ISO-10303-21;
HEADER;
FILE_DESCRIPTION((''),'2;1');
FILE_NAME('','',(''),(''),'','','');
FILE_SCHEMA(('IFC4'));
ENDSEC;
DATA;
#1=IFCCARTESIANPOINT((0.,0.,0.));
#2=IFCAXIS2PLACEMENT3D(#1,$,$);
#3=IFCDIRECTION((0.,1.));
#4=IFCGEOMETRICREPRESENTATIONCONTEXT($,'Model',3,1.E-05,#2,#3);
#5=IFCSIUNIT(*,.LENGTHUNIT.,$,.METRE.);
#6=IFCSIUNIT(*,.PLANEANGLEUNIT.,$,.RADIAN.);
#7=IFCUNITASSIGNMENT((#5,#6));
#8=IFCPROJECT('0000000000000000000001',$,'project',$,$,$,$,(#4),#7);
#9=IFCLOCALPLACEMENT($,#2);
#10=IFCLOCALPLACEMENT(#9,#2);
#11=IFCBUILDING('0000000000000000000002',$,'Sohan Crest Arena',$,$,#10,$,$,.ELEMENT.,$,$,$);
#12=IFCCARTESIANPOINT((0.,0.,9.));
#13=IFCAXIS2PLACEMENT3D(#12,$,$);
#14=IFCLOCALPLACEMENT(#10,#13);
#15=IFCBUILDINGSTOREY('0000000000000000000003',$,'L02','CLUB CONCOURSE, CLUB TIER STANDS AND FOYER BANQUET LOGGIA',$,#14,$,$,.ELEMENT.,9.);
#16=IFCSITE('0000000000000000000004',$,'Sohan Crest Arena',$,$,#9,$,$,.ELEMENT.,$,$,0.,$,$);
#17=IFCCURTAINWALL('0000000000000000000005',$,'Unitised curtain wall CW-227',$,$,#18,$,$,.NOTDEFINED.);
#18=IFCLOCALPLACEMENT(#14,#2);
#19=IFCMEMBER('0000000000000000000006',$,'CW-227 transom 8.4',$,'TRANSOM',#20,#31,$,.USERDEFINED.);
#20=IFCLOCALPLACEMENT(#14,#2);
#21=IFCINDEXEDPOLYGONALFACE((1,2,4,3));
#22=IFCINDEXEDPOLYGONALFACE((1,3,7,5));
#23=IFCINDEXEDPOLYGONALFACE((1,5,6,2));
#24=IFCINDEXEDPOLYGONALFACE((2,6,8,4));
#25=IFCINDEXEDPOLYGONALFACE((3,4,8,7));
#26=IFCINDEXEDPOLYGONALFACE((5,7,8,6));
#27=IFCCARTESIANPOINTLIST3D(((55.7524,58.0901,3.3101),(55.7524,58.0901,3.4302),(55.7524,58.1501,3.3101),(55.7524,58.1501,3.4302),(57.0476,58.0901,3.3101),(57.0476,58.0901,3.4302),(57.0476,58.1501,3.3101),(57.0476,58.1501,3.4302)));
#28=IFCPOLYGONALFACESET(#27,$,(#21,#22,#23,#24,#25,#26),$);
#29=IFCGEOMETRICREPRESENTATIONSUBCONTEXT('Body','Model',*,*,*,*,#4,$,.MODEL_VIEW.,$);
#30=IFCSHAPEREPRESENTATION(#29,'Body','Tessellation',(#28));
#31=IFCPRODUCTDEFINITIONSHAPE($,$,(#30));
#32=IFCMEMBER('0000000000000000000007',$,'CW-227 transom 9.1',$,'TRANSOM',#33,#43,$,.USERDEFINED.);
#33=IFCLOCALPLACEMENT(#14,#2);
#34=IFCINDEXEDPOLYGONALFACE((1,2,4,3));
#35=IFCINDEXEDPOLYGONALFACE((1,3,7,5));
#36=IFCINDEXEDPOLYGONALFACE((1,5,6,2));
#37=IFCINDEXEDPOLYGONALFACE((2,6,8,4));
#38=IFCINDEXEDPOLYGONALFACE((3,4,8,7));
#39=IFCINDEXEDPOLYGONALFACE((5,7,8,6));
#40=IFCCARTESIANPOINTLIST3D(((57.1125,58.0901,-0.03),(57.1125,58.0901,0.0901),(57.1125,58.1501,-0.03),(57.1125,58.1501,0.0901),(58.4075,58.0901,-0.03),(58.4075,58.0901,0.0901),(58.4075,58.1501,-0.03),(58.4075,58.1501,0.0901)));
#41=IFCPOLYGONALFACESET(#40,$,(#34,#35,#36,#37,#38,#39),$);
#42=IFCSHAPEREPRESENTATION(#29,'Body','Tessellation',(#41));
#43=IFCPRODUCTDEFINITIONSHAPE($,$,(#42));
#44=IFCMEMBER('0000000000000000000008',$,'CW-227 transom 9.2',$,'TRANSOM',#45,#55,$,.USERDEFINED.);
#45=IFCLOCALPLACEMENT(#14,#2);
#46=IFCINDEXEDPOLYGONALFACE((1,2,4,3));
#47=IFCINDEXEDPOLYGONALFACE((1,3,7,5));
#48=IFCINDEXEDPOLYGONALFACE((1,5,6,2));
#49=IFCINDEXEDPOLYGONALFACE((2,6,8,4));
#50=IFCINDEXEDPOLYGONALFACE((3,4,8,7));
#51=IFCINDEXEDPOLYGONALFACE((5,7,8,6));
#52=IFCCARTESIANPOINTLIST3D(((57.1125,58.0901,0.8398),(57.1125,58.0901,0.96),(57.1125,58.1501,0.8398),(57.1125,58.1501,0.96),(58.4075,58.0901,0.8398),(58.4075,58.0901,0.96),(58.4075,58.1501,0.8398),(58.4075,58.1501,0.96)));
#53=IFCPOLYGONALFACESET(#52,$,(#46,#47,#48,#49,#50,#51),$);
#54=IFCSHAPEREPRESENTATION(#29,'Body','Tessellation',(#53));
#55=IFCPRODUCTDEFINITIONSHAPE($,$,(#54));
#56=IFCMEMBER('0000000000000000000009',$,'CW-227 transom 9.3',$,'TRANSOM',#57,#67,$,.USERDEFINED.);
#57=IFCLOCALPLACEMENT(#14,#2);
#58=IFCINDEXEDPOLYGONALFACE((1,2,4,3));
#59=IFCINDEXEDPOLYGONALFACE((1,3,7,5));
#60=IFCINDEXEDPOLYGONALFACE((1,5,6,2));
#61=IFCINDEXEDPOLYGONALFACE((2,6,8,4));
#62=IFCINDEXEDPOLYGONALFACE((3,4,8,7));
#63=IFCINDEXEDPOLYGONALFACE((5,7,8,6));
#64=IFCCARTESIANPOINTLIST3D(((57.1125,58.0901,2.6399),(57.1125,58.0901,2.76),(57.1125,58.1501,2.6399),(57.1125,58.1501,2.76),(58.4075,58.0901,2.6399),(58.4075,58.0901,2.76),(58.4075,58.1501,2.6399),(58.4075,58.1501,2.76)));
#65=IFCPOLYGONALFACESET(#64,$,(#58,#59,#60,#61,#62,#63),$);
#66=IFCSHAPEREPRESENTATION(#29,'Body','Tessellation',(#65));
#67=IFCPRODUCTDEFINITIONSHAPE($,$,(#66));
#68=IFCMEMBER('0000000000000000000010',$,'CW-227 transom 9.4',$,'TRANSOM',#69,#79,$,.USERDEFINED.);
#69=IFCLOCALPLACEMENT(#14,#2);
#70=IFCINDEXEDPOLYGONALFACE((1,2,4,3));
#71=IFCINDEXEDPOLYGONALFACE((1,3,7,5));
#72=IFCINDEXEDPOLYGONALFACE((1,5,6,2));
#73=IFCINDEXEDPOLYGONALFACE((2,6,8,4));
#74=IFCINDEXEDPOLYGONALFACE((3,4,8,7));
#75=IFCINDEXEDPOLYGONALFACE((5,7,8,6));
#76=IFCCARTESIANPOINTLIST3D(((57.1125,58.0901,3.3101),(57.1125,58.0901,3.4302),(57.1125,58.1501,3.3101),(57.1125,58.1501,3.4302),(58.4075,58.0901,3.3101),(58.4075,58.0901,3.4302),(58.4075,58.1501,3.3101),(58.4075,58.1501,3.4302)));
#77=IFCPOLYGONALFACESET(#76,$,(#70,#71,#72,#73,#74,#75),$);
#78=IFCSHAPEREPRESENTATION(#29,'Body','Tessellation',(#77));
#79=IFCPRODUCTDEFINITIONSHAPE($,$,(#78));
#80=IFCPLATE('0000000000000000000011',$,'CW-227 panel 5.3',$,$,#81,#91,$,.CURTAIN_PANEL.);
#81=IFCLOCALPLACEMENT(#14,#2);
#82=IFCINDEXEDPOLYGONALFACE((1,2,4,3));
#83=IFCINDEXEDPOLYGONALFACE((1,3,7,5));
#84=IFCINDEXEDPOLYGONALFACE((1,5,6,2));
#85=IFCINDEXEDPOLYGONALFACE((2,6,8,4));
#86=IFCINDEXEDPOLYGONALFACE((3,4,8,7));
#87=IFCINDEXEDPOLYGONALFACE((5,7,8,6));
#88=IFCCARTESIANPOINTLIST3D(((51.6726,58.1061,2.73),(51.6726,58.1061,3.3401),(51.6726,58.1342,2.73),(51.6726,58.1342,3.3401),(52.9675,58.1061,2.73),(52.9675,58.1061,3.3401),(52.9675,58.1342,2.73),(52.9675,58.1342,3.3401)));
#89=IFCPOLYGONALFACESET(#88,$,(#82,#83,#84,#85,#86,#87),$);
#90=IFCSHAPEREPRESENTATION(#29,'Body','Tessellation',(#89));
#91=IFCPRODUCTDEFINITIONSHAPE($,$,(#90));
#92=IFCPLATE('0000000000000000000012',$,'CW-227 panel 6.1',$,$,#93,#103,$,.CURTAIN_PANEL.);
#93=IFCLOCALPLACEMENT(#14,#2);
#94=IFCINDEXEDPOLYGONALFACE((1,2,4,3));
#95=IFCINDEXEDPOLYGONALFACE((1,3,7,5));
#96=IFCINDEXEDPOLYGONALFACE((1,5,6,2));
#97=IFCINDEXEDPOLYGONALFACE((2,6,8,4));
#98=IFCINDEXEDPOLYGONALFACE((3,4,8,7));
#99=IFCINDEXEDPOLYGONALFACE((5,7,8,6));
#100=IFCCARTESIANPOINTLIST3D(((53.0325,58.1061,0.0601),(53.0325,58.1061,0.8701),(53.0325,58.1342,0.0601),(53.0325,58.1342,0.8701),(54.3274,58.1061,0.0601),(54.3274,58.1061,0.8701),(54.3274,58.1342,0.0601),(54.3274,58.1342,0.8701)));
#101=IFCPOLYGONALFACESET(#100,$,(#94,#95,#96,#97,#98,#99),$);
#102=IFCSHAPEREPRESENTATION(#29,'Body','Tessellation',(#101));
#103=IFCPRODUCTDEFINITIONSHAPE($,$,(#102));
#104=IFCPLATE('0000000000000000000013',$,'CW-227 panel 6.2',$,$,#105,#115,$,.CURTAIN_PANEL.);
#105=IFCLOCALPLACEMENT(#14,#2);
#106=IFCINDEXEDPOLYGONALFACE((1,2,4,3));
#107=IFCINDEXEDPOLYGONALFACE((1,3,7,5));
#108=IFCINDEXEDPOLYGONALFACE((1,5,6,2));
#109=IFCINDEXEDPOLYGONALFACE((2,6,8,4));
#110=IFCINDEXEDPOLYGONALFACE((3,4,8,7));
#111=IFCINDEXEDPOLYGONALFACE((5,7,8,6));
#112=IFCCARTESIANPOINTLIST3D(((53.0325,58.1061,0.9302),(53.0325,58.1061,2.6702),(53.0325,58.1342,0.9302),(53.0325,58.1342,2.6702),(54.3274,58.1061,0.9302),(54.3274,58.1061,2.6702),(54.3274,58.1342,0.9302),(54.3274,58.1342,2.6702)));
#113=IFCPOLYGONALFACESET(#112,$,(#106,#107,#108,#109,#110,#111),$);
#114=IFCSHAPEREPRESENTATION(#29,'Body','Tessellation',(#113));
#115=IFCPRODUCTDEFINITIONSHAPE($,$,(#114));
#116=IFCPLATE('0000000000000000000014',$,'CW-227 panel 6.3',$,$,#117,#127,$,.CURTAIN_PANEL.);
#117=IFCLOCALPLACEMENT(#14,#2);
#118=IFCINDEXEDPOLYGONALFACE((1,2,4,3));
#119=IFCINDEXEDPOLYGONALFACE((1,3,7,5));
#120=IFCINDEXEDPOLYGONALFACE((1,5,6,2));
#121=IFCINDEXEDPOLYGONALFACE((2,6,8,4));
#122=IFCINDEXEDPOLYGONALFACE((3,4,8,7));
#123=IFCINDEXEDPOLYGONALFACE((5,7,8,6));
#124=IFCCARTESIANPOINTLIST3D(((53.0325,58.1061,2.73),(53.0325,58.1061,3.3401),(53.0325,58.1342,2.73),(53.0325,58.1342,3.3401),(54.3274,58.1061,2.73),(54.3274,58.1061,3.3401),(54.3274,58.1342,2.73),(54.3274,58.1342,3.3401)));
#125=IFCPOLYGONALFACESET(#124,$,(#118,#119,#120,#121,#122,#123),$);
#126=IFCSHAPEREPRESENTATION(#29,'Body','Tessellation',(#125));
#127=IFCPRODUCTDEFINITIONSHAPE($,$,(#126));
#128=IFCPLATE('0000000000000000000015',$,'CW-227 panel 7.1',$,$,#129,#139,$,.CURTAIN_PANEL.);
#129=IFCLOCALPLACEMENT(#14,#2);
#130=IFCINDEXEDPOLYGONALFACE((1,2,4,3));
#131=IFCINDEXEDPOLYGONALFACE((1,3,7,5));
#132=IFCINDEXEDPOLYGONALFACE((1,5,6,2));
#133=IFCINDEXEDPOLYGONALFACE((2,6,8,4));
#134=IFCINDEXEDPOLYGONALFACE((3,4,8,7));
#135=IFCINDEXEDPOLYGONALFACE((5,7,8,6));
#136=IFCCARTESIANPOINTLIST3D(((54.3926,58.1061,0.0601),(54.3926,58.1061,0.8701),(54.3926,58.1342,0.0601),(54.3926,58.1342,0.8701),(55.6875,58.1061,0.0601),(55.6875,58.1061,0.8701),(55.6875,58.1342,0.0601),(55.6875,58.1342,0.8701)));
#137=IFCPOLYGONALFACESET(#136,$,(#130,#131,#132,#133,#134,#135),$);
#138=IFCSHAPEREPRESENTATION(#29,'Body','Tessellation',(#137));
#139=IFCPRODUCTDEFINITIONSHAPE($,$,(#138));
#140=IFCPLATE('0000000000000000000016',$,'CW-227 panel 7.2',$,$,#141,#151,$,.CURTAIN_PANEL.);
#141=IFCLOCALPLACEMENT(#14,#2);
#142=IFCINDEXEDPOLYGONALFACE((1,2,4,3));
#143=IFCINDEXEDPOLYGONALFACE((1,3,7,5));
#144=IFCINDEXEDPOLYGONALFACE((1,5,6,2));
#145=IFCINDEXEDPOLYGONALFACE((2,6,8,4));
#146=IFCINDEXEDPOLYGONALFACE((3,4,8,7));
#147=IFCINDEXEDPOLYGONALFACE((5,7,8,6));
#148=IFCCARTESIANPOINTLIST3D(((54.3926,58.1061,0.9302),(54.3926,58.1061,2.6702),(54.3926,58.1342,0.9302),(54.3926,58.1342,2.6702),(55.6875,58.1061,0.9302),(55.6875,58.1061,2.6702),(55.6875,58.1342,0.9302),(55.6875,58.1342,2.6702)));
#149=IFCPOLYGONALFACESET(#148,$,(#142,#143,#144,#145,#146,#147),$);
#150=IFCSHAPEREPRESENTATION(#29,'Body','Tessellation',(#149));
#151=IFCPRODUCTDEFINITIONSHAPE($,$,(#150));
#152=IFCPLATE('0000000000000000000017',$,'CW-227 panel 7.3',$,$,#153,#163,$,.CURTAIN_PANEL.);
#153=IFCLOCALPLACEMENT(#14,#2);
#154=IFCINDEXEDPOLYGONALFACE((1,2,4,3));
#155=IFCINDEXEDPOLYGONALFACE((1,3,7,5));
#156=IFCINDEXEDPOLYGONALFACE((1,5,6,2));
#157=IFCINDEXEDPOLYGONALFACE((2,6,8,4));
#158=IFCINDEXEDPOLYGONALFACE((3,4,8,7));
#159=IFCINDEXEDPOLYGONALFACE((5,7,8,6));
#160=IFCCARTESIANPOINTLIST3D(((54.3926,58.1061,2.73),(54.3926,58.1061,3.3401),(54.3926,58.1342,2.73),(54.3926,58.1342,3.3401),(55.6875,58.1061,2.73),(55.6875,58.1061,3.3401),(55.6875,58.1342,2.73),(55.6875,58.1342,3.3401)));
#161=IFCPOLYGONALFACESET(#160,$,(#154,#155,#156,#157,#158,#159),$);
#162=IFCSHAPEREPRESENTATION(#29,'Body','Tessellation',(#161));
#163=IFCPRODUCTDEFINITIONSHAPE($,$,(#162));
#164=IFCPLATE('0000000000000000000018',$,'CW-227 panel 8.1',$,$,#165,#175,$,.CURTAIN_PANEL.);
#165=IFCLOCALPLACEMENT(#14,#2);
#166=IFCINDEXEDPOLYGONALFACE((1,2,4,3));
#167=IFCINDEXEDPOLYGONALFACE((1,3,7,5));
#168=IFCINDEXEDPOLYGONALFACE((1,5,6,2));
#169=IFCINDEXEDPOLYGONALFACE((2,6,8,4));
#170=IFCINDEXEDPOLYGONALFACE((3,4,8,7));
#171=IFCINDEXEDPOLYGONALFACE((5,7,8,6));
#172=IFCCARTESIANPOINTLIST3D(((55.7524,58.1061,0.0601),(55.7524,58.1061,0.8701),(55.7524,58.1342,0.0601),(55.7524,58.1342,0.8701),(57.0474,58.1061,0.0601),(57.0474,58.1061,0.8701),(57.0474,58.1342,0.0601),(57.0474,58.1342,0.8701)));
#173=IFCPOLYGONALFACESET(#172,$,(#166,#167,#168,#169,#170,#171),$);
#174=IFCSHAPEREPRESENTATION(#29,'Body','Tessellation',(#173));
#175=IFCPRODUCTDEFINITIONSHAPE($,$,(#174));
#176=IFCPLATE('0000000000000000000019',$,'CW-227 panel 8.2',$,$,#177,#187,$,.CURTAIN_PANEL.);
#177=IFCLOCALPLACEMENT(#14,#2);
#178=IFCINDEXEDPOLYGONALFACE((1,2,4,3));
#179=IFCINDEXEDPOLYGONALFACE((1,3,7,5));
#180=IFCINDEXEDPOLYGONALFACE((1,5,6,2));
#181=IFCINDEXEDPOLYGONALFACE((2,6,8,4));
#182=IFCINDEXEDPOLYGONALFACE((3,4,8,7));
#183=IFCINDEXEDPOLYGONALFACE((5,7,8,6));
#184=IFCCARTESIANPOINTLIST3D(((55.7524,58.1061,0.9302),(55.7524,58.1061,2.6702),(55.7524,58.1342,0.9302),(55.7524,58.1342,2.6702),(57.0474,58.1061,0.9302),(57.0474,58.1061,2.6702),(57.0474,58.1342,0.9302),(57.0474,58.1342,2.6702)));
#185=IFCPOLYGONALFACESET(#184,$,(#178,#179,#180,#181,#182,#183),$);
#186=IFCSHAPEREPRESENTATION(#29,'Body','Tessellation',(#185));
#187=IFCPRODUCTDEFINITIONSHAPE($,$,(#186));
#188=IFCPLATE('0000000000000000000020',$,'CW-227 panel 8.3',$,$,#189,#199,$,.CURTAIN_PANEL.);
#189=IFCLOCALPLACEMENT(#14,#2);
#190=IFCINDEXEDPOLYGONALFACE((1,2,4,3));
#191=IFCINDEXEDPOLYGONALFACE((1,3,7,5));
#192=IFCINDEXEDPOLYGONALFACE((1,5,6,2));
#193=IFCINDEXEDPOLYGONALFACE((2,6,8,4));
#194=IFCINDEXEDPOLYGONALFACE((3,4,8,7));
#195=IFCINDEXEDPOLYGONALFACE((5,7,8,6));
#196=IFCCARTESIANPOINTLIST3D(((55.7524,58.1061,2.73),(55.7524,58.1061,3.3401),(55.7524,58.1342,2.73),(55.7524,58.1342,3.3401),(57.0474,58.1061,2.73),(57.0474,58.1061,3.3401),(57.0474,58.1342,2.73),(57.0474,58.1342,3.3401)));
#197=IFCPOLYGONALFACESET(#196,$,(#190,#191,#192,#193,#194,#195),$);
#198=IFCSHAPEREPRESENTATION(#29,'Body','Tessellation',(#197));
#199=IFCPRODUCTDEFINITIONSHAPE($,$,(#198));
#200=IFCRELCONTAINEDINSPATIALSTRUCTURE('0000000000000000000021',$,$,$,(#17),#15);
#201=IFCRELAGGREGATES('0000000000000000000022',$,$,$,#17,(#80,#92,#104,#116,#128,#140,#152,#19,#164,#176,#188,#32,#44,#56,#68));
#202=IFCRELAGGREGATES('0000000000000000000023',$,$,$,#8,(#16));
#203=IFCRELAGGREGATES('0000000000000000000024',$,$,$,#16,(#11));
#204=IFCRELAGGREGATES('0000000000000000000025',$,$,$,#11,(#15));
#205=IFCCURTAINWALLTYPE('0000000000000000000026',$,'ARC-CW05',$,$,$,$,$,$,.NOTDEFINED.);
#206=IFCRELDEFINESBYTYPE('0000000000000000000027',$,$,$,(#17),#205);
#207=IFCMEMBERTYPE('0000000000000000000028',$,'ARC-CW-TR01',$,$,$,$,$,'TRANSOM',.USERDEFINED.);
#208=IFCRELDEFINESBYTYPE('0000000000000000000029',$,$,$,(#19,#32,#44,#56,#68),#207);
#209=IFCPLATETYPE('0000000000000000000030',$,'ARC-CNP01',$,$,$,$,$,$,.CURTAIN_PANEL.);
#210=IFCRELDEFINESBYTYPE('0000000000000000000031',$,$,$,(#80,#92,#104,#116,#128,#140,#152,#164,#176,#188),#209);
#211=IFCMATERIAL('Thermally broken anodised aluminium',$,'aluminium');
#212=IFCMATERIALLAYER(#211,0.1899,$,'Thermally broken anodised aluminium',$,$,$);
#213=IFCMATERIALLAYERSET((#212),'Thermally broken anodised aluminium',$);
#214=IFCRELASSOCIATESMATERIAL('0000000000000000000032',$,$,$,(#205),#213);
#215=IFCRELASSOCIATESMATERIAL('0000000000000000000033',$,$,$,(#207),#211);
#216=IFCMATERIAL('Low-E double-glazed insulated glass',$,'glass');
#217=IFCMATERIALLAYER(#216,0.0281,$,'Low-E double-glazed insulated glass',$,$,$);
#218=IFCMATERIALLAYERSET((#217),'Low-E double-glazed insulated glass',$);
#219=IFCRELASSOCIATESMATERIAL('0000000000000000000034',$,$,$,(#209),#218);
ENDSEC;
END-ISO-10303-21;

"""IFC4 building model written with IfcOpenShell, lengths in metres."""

from ifc_helpers import new_model, si_unit, direction, frame, origin, origin_2d, place, context, subcontext, project, spatial, rectangle, extrude, material, layer, layer_set, material_profile, profile_set, type_object, element, aggregate, save


model = new_model("IFC4")

# Units and contexts
model_context = context("Model", 3, precision=1e-05, world=origin(), true_north=direction((0.0, 1.0)))
body_context = subcontext(model_context, "Body", "Model", "MODEL_VIEW")
ifc_project = project(units=[si_unit("LENGTHUNIT", "METRE"), si_unit("PLANEANGLEUNIT", "RADIAN")], contexts=[model_context])

# Site, building, storey
site_placement = place(None, origin())
site = spatial("IfcSite", under=ifc_project, at=site_placement, Name="Sohan Crest Arena", CompositionType="ELEMENT", RefElevation=0.0)
building_placement = place(site_placement, origin())
building = spatial("IfcBuilding", under=site, at=building_placement, Name="Sohan Crest Arena", CompositionType="ELEMENT")
storey_placement = place(building_placement, frame((0.0, 0.0, 9.0)))
storey = spatial("IfcBuildingStorey", under=building, at=storey_placement, Name="L02", Description="CLUB CONCOURSE, CLUB TIER STANDS AND FOYER BANQUET LOGGIA", CompositionType="ELEMENT", Elevation=9.0)

# Curtain wall, members, plates
ifc_material_1 = material(Name="Thermally broken anodised aluminium", Category="aluminium")
ifc_layer_1 = layer(ifc_material_1, 0.1899, Name="Thermally broken anodised aluminium")
ifc_layer_set_1 = layer_set([ifc_layer_1], Name="Thermally broken anodised aluminium")
curtain_wall_type = type_object("IfcCurtainWallType", Name="ARC-CW05", PredefinedType="NOTDEFINED", material=ifc_layer_set_1)
curtain_wall_1_placement = place(storey_placement, origin())
curtain_wall_1 = element("IfcCurtainWall", 1, at=curtain_wall_1_placement, inside=storey, type_object=curtain_wall_type, Name="Unitised curtain wall CW-227", PredefinedType="NOTDEFINED")
ifc_material_profile_1 = material_profile(ifc_material_1, rectangle(XDim=0.0601, YDim=0.1201, at=origin_2d()), Name="ALU-TRAN 60x120")
ifc_profile_set_1 = profile_set([ifc_material_profile_1], Name="Thermally broken anodised aluminium")
member_type_1 = type_object("IfcMemberType", Name="ARC-CW-TR01", ElementType="TRANSOM", PredefinedType="USERDEFINED", material=ifc_profile_set_1)
member_1_placement = place(storey_placement, frame((55.7524, 58.1201, 3.3701), z_axis=(1.0, 0.0, 0.0), x_axis=(0.0, 1.0, 0.0)))
member_1 = element("IfcMember", 2, at=member_1_placement, type_object=member_type_1, Name="CW-227 transom 8.4", ObjectType="TRANSOM", PredefinedType="USERDEFINED", context=body_context, shape_type="SweptSolid", body=[
    extrude(rectangle(XDim=0.0601, YDim=0.1201, at=origin_2d()), origin(), (0.0, 0.0, 1.0), 1.2952),
])
member_2_placement = place(storey_placement, frame((57.1125, 58.1201, 0.03), z_axis=(1.0, 0.0, 0.0), x_axis=(0.0, 1.0, 0.0)))
member_2 = element("IfcMember", 3, at=member_2_placement, type_object=member_type_1, Name="CW-227 transom 9.1", ObjectType="TRANSOM", PredefinedType="USERDEFINED", context=body_context, shape_type="SweptSolid", body=[
    extrude(rectangle(XDim=0.0601, YDim=0.1201, at=origin_2d()), origin(), (0.0, 0.0, 1.0), 1.2949),
])
member_3_placement = place(storey_placement, frame((57.1125, 58.1201, 0.8999), z_axis=(1.0, 0.0, 0.0), x_axis=(0.0, 1.0, 0.0)))
member_3 = element("IfcMember", 4, at=member_3_placement, type_object=member_type_1, Name="CW-227 transom 9.2", ObjectType="TRANSOM", PredefinedType="USERDEFINED", context=body_context, shape_type="SweptSolid", body=[
    extrude(rectangle(XDim=0.0601, YDim=0.1201, at=origin_2d()), origin(), (0.0, 0.0, 1.0), 1.2949),
])
member_4_placement = place(storey_placement, frame((57.1125, 58.1201, 2.7), z_axis=(1.0, 0.0, 0.0), x_axis=(0.0, 1.0, 0.0)))
member_4 = element("IfcMember", 5, at=member_4_placement, type_object=member_type_1, Name="CW-227 transom 9.3", ObjectType="TRANSOM", PredefinedType="USERDEFINED", context=body_context, shape_type="SweptSolid", body=[
    extrude(rectangle(XDim=0.0601, YDim=0.1201, at=origin_2d()), origin(), (0.0, 0.0, 1.0), 1.2949),
])
member_5_placement = place(storey_placement, frame((57.1125, 58.1201, 3.3701), z_axis=(1.0, 0.0, 0.0), x_axis=(0.0, 1.0, 0.0)))
member_5 = element("IfcMember", 6, at=member_5_placement, type_object=member_type_1, Name="CW-227 transom 9.4", ObjectType="TRANSOM", PredefinedType="USERDEFINED", context=body_context, shape_type="SweptSolid", body=[
    extrude(rectangle(XDim=0.0601, YDim=0.1201, at=origin_2d()), origin(), (0.0, 0.0, 1.0), 1.2949),
])
ifc_material_2 = material(Name="Low-E double-glazed insulated glass", Category="glass")
ifc_layer_2 = layer(ifc_material_2, 0.0281, Name="Low-E double-glazed insulated glass")
ifc_layer_set_2 = layer_set([ifc_layer_2], Name="Low-E double-glazed insulated glass")
plate_type = type_object("IfcPlateType", Name="ARC-CNP01", PredefinedType="CURTAIN_PANEL", material=ifc_layer_set_2)
plate_1_placement = place(storey_placement, frame((52.3201, 58.1201, 2.73), z_axis=(0.0, 0.0, 1.0), x_axis=(1.0, 0.0, 0.0)))
plate_1 = element("IfcPlate", 7, at=plate_1_placement, type_object=plate_type, Name="CW-227 panel 5.3", PredefinedType="CURTAIN_PANEL", context=body_context, shape_type="SweptSolid", body=[
    extrude(rectangle(XDim=1.2949, YDim=0.0281, at=origin_2d()), origin(), (0.0, 0.0, 1.0), 0.6101),
])
plate_2_placement = place(storey_placement, frame((53.6799, 58.1201, 0.0601), z_axis=(0.0, 0.0, 1.0), x_axis=(1.0, 0.0, 0.0)))
plate_2 = element("IfcPlate", 8, at=plate_2_placement, type_object=plate_type, Name="CW-227 panel 6.1", PredefinedType="CURTAIN_PANEL", context=body_context, shape_type="SweptSolid", body=[
    extrude(rectangle(XDim=1.2949, YDim=0.0281, at=origin_2d()), origin(), (0.0, 0.0, 1.0), 0.8101),
])
plate_3_placement = place(storey_placement, frame((53.6799, 58.1201, 0.9302), z_axis=(0.0, 0.0, 1.0), x_axis=(1.0, 0.0, 0.0)))
plate_3 = element("IfcPlate", 9, at=plate_3_placement, type_object=plate_type, Name="CW-227 panel 6.2", PredefinedType="CURTAIN_PANEL", context=body_context, shape_type="SweptSolid", body=[
    extrude(rectangle(XDim=1.2949, YDim=0.0281, at=origin_2d()), origin(), (0.0, 0.0, 1.0), 1.74),
])
plate_4_placement = place(storey_placement, frame((53.6799, 58.1201, 2.73), z_axis=(0.0, 0.0, 1.0), x_axis=(1.0, 0.0, 0.0)))
plate_4 = element("IfcPlate", 10, at=plate_4_placement, type_object=plate_type, Name="CW-227 panel 6.3", PredefinedType="CURTAIN_PANEL", context=body_context, shape_type="SweptSolid", body=[
    extrude(rectangle(XDim=1.2949, YDim=0.0281, at=origin_2d()), origin(), (0.0, 0.0, 1.0), 0.6101),
])
plate_5_placement = place(storey_placement, frame((55.04, 58.1201, 0.0601), z_axis=(0.0, 0.0, 1.0), x_axis=(1.0, 0.0, 0.0)))
plate_5 = element("IfcPlate", 11, at=plate_5_placement, type_object=plate_type, Name="CW-227 panel 7.1", PredefinedType="CURTAIN_PANEL", context=body_context, shape_type="SweptSolid", body=[
    extrude(rectangle(XDim=1.2949, YDim=0.0281, at=origin_2d()), origin(), (0.0, 0.0, 1.0), 0.8101),
])
plate_6_placement = place(storey_placement, frame((55.04, 58.1201, 0.9302), z_axis=(0.0, 0.0, 1.0), x_axis=(1.0, 0.0, 0.0)))
plate_6 = element("IfcPlate", 12, at=plate_6_placement, type_object=plate_type, Name="CW-227 panel 7.2", PredefinedType="CURTAIN_PANEL", context=body_context, shape_type="SweptSolid", body=[
    extrude(rectangle(XDim=1.2949, YDim=0.0281, at=origin_2d()), origin(), (0.0, 0.0, 1.0), 1.74),
])
plate_7_placement = place(storey_placement, frame((55.04, 58.1201, 2.73), z_axis=(0.0, 0.0, 1.0), x_axis=(1.0, 0.0, 0.0)))
plate_7 = element("IfcPlate", 13, at=plate_7_placement, type_object=plate_type, Name="CW-227 panel 7.3", PredefinedType="CURTAIN_PANEL", context=body_context, shape_type="SweptSolid", body=[
    extrude(rectangle(XDim=1.2949, YDim=0.0281, at=origin_2d()), origin(), (0.0, 0.0, 1.0), 0.6101),
])
plate_8_placement = place(storey_placement, frame((56.3999, 58.1201, 0.0601), z_axis=(0.0, 0.0, 1.0), x_axis=(1.0, 0.0, 0.0)))
plate_8 = element("IfcPlate", 14, at=plate_8_placement, type_object=plate_type, Name="CW-227 panel 8.1", PredefinedType="CURTAIN_PANEL", context=body_context, shape_type="SweptSolid", body=[
    extrude(rectangle(XDim=1.2949, YDim=0.0281, at=origin_2d()), origin(), (0.0, 0.0, 1.0), 0.8101),
])
plate_9_placement = place(storey_placement, frame((56.3999, 58.1201, 0.9302), z_axis=(0.0, 0.0, 1.0), x_axis=(1.0, 0.0, 0.0)))
plate_9 = element("IfcPlate", 15, at=plate_9_placement, type_object=plate_type, Name="CW-227 panel 8.2", PredefinedType="CURTAIN_PANEL", context=body_context, shape_type="SweptSolid", body=[
    extrude(rectangle(XDim=1.2949, YDim=0.0281, at=origin_2d()), origin(), (0.0, 0.0, 1.0), 1.74),
])
plate_10_placement = place(storey_placement, frame((56.3999, 58.1201, 2.73), z_axis=(0.0, 0.0, 1.0), x_axis=(1.0, 0.0, 0.0)))
plate_10 = element("IfcPlate", 16, at=plate_10_placement, type_object=plate_type, Name="CW-227 panel 8.3", PredefinedType="CURTAIN_PANEL", context=body_context, shape_type="SweptSolid", body=[
    extrude(rectangle(XDim=1.2949, YDim=0.0281, at=origin_2d()), origin(), (0.0, 0.0, 1.0), 0.6101),
])
aggregate(curtain_wall_1, [plate_1, plate_2, plate_3, plate_4, plate_5, plate_6, plate_7, member_1, plate_8, plate_9, plate_10, member_2, member_3, member_4, member_5])

save(model, "model.ifc")
